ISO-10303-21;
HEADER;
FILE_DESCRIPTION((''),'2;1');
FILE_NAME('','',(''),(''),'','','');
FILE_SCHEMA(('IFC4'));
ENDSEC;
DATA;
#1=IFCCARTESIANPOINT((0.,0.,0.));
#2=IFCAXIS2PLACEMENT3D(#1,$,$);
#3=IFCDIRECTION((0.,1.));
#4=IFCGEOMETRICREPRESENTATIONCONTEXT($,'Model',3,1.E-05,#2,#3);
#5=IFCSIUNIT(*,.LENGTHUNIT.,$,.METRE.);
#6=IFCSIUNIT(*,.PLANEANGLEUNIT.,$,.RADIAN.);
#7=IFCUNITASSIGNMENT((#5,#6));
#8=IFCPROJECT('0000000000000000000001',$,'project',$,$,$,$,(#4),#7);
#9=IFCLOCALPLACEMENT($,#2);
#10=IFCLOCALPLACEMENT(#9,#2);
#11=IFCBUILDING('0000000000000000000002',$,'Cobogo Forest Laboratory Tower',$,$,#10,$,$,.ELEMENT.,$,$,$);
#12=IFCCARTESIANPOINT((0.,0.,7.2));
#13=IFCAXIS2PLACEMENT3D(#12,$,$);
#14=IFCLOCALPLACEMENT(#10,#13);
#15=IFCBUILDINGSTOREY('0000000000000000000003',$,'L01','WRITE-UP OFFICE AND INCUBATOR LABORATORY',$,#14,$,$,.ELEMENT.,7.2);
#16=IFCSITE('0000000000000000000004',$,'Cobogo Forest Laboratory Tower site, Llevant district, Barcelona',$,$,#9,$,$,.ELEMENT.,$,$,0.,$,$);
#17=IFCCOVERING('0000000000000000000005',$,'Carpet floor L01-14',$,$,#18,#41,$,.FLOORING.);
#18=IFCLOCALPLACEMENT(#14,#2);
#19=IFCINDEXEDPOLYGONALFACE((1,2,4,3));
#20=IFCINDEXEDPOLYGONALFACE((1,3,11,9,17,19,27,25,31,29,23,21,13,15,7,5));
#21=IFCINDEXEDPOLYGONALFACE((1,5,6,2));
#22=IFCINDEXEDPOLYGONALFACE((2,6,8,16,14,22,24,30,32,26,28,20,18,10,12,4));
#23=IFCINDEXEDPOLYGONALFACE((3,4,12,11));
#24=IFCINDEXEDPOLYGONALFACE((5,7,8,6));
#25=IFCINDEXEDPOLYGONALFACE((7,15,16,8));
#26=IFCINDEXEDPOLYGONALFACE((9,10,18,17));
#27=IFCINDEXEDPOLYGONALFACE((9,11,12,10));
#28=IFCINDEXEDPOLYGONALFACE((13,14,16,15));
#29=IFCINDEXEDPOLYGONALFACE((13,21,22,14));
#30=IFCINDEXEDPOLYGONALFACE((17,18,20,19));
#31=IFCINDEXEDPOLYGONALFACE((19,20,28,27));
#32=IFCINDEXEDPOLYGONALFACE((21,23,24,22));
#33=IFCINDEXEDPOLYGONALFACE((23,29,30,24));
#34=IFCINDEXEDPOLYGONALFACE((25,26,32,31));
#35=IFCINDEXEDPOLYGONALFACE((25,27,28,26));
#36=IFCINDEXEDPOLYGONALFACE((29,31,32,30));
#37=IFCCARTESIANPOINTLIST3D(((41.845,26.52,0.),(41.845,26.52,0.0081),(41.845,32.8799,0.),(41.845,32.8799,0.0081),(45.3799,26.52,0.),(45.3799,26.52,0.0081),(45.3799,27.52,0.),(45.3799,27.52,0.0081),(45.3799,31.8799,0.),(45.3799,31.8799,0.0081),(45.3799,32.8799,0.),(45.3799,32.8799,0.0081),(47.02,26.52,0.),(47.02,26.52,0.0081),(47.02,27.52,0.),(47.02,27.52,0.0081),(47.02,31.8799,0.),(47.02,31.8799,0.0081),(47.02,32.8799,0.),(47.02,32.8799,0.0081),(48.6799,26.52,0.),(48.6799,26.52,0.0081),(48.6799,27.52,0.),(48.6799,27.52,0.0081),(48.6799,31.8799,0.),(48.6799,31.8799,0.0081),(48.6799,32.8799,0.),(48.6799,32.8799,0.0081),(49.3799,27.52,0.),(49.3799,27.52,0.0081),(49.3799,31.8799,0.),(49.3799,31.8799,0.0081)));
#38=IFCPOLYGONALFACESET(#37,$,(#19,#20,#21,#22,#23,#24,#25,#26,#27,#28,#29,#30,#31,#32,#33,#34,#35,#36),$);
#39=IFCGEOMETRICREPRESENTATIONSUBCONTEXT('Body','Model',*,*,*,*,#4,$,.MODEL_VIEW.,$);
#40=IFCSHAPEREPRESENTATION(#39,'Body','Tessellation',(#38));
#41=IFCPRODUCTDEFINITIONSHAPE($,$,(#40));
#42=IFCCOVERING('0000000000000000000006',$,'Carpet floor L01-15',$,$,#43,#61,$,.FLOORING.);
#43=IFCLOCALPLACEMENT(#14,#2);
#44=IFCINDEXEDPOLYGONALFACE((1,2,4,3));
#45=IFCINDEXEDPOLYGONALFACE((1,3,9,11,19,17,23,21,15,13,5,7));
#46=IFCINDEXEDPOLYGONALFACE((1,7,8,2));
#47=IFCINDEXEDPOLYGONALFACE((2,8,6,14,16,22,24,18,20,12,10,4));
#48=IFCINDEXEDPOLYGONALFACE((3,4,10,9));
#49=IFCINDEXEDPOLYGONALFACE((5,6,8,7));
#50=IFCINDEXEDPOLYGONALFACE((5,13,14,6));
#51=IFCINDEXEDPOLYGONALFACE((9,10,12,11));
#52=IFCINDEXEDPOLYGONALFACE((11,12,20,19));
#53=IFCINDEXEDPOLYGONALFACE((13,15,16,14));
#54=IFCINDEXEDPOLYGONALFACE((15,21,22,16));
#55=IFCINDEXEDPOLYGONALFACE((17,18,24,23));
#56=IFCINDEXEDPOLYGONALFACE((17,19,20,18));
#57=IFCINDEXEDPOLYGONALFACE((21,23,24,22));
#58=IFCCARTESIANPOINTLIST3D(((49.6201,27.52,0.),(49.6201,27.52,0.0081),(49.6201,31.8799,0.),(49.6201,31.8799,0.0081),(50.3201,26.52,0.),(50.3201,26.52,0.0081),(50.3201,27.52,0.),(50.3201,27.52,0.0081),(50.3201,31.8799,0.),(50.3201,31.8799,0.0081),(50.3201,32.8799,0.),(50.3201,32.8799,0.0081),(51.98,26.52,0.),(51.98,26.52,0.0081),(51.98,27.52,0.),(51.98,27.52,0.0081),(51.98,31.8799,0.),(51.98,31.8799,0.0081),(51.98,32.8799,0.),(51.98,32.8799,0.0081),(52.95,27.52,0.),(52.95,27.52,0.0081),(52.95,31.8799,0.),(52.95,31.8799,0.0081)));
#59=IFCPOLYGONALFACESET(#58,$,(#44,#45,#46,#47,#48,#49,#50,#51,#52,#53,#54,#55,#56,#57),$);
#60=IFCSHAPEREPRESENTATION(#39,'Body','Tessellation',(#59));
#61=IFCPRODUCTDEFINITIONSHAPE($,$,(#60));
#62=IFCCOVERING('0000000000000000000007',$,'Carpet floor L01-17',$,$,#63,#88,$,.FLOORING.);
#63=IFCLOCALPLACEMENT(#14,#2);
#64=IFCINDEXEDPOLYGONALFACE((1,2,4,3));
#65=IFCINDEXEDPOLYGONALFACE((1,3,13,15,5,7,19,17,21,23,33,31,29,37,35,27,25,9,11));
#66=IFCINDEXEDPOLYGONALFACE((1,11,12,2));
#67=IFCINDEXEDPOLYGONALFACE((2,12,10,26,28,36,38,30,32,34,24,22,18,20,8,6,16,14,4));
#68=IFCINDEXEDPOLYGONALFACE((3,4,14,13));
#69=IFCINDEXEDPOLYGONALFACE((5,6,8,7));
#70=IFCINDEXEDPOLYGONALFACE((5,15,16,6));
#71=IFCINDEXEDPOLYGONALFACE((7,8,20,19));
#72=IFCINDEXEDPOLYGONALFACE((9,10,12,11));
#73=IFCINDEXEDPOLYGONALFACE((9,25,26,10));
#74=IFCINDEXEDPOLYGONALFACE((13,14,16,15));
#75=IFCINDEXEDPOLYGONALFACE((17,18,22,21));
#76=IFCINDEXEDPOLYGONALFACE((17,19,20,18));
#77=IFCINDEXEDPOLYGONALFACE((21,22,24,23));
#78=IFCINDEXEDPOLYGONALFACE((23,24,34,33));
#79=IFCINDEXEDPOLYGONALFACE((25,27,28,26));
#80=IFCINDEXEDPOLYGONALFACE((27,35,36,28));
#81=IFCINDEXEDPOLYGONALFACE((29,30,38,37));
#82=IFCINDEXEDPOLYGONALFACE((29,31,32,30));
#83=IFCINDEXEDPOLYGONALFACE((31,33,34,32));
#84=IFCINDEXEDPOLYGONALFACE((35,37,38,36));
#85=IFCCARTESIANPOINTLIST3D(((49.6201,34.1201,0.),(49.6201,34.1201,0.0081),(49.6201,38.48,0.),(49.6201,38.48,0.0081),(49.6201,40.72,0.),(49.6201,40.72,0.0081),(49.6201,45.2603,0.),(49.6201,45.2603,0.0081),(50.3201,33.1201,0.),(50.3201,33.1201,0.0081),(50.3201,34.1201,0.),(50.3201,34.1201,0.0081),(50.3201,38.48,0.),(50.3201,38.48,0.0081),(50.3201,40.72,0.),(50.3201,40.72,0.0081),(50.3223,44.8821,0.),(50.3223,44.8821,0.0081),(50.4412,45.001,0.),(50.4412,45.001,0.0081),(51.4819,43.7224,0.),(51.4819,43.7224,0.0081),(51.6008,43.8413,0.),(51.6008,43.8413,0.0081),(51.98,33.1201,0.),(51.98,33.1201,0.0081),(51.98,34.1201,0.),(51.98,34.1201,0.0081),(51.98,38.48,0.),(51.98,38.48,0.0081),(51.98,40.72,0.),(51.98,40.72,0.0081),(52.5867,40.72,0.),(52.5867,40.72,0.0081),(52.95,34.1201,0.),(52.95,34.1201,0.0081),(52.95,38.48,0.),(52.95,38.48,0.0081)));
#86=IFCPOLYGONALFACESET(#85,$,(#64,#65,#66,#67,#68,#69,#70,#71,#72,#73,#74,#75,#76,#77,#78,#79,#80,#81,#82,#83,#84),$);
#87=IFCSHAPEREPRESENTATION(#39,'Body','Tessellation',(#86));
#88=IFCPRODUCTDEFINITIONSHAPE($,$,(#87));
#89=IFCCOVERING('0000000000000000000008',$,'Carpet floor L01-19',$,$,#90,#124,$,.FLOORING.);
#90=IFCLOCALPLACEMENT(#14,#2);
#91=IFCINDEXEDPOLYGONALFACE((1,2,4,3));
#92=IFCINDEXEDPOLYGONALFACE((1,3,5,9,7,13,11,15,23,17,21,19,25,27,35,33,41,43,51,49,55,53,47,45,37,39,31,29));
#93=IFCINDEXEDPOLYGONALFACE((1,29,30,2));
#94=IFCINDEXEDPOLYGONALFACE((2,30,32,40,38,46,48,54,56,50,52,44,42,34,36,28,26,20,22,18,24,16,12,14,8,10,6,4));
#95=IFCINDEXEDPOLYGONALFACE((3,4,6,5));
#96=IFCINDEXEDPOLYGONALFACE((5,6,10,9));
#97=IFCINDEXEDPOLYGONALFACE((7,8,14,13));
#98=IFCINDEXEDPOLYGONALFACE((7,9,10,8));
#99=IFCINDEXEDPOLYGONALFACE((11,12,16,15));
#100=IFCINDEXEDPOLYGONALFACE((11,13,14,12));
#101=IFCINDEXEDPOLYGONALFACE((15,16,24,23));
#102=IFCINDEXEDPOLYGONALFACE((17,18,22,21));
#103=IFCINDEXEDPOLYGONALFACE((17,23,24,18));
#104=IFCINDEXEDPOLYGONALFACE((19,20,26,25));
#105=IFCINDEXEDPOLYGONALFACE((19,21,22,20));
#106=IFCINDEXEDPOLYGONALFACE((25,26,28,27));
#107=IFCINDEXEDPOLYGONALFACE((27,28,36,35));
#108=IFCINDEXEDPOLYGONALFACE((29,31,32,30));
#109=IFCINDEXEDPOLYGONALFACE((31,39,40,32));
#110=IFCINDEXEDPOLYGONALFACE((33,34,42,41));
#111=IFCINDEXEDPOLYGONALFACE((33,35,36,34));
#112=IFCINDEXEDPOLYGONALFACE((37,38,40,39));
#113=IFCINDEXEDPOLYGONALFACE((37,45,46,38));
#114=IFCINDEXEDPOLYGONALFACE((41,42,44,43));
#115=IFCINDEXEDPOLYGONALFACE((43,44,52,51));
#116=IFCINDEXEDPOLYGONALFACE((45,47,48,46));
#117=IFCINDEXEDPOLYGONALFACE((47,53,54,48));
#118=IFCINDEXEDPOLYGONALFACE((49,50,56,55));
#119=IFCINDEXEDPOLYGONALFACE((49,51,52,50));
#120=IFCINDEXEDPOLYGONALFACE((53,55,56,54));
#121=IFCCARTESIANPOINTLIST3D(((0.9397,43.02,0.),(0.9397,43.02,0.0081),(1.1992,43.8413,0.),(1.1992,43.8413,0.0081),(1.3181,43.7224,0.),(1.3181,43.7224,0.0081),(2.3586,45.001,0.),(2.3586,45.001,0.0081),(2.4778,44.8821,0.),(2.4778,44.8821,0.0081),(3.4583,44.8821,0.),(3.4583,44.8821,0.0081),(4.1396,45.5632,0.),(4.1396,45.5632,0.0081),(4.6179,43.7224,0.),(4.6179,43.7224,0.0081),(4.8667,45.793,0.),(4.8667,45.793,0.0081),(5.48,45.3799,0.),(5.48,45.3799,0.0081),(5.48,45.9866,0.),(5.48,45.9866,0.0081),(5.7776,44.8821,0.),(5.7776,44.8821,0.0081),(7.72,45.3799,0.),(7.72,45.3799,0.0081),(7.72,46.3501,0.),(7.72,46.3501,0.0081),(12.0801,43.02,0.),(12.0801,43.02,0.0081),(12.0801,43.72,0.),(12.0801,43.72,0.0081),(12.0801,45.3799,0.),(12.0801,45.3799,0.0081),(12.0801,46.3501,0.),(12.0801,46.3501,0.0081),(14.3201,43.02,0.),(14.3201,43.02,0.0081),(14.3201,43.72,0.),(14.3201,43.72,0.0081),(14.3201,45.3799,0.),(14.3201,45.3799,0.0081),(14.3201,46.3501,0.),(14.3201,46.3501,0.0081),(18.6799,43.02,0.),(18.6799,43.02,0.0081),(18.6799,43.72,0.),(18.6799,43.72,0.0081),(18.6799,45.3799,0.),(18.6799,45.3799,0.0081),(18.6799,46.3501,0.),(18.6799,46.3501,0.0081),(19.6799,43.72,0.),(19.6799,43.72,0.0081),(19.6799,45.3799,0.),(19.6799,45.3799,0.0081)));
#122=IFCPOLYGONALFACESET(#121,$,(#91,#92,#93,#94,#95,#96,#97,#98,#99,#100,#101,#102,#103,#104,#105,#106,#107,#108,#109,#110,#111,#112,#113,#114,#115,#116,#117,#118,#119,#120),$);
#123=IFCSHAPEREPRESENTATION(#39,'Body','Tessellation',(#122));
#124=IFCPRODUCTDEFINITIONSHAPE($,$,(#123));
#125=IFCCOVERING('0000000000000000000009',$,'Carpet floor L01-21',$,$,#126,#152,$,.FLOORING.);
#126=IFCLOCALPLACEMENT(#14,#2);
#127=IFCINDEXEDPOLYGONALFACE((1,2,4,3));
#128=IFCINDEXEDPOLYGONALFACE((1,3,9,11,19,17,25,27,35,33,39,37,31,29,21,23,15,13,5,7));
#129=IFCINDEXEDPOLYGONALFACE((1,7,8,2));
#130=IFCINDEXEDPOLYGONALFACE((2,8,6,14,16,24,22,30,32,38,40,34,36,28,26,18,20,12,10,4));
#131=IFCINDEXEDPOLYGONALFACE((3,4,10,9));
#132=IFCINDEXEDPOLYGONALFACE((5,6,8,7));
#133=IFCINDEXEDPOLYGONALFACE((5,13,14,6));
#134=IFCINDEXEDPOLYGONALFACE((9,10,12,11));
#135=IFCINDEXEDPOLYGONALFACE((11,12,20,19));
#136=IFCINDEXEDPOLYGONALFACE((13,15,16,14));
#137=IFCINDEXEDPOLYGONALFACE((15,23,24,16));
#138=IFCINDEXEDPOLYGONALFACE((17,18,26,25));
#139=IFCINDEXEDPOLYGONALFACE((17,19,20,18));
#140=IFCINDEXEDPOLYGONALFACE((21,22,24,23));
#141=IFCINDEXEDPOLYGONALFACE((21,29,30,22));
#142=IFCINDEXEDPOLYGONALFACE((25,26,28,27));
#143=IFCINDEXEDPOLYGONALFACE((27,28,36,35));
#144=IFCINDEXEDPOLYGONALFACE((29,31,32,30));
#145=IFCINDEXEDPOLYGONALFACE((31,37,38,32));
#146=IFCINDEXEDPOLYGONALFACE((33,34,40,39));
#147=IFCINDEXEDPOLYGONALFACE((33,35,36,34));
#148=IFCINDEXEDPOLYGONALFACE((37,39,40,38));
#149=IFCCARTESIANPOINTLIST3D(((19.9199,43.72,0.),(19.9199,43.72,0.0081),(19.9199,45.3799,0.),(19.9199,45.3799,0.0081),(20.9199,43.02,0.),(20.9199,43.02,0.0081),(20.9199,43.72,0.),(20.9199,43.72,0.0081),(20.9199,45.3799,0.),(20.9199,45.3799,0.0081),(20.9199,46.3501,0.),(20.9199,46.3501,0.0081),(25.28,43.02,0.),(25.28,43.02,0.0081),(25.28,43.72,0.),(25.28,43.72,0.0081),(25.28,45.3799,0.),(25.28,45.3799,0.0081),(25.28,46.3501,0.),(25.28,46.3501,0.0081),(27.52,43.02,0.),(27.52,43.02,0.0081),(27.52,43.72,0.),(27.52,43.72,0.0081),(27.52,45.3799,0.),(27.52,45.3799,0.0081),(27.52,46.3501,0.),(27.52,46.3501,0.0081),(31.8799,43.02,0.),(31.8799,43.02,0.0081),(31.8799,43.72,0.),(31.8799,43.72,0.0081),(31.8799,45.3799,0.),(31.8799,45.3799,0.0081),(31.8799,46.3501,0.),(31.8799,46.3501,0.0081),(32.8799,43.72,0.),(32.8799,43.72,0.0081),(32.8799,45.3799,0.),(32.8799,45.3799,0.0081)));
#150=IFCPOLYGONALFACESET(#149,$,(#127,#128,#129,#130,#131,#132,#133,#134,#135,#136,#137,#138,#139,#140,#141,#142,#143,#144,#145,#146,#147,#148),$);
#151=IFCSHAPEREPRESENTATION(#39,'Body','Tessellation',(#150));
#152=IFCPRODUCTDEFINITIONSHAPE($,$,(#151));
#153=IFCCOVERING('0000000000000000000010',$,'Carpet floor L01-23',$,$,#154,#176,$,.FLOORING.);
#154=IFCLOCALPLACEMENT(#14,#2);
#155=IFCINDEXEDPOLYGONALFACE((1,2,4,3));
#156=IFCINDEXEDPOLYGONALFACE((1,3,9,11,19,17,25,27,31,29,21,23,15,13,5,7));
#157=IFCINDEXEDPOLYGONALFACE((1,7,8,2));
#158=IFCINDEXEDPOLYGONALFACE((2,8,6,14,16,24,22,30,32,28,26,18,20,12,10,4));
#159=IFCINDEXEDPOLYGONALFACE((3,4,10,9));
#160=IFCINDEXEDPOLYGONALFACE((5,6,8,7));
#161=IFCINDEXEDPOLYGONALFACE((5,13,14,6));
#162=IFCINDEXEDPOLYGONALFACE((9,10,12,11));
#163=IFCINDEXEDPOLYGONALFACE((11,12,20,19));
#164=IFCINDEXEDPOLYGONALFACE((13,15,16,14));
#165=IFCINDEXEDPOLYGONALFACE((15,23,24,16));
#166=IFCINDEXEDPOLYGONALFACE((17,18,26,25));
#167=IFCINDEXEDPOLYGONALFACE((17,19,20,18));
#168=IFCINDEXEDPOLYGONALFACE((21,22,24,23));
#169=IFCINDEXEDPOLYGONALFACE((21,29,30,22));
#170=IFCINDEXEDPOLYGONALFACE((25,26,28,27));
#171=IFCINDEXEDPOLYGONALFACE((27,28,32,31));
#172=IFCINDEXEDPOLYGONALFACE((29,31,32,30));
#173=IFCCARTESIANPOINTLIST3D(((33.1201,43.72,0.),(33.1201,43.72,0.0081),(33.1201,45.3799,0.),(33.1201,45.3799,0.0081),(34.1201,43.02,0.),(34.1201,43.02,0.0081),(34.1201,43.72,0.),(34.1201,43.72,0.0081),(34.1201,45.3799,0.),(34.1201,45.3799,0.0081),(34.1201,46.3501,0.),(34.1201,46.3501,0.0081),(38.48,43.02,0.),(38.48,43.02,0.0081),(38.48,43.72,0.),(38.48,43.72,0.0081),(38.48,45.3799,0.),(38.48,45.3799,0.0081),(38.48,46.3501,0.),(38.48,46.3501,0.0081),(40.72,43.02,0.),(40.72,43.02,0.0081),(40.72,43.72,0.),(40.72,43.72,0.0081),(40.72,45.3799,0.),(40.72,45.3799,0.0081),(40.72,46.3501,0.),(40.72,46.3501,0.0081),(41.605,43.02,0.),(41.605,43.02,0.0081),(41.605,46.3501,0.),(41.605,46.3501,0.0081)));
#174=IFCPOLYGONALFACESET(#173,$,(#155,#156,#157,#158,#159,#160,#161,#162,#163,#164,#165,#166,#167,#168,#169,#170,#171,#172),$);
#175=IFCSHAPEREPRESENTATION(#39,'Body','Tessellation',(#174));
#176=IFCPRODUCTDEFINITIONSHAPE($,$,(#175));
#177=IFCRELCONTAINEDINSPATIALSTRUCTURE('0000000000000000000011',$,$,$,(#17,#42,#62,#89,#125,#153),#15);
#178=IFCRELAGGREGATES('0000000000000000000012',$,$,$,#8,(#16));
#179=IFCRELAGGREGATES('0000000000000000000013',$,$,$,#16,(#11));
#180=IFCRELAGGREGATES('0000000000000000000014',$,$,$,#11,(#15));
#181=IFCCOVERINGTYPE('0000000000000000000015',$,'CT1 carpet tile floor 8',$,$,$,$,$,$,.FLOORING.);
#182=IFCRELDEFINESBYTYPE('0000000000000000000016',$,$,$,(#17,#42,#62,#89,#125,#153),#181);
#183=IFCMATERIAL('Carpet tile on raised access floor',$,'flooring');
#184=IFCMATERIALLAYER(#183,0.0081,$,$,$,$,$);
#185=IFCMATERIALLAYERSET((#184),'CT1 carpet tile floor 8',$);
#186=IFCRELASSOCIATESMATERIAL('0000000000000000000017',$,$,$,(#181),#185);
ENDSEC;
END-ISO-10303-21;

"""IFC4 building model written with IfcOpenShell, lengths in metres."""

from ifc_helpers import new_model, si_unit, direction, frame, origin, place, context, subcontext, project, spatial, polyline, outline, extrude, material, layer, layer_set, type_object, element, save


model = new_model("IFC4")

# Units and contexts
model_context = context("Model", 3, precision=1e-05, world=origin(), true_north=direction((0.0, 1.0)))
body_context = subcontext(model_context, "Body", "Model", "MODEL_VIEW")
ifc_project = project(units=[si_unit("LENGTHUNIT", "METRE"), si_unit("PLANEANGLEUNIT", "RADIAN")], contexts=[model_context])

# Site, building, storey
site_placement = place(None, origin())
site = spatial("IfcSite", under=ifc_project, at=site_placement, Name="Cobogo Forest Laboratory Tower site, Llevant district, Barcelona", CompositionType="ELEMENT", RefElevation=0.0)
building_placement = place(site_placement, origin())
building = spatial("IfcBuilding", under=site, at=building_placement, Name="Cobogo Forest Laboratory Tower", CompositionType="ELEMENT")
storey_placement = place(building_placement, frame((0.0, 0.0, 7.2)))
storey = spatial("IfcBuildingStorey", under=building, at=storey_placement, Name="L01", Description="WRITE-UP OFFICE AND INCUBATOR LABORATORY", CompositionType="ELEMENT", Elevation=7.2)

# Coverings
ifc_material_1 = material(Name="Carpet tile on raised access floor", Category="flooring")
ifc_layer_1 = layer(ifc_material_1, 0.0081)
ifc_layer_set_1 = layer_set([ifc_layer_1], Name="CT1 carpet tile floor 8")
covering_type_1 = type_object("IfcCoveringType", Name="CT1 carpet tile floor 8", PredefinedType="FLOORING", material=ifc_layer_set_1)
covering_1_placement = place(storey_placement, origin())
element("IfcCovering", 1, at=covering_1_placement, inside=storey, type_object=covering_type_1, Name="Carpet floor L01-14", PredefinedType="FLOORING", context=body_context, shape_type="SweptSolid", body=[
    extrude(outline(polyline([(41.845, 32.8799), (45.3799, 32.8799), (45.3799, 31.8799), (47.02, 31.8799), (47.02, 32.8799), (48.6799, 32.8799), (48.6799, 31.8799), (49.3799, 31.8799), (49.3799, 27.52), (48.6799, 27.52), (48.6799, 26.52), (47.02, 26.52), (47.02, 27.52), (45.3799, 27.52), (45.3799, 26.52), (41.845, 26.52), (41.845, 32.8799)])), origin(), (0.0, 0.0, 1.0), 0.0081),
])
covering_2_placement = place(storey_placement, origin())
element("IfcCovering", 2, at=covering_2_placement, inside=storey, type_object=covering_type_1, Name="Carpet floor L01-15", PredefinedType="FLOORING", context=body_context, shape_type="SweptSolid", body=[
    extrude(outline(polyline([(49.6201, 31.8799), (50.3201, 31.8799), (50.3201, 32.8799), (51.98, 32.8799), (51.98, 31.8799), (52.95, 31.8799), (52.95, 27.52), (51.98, 27.52), (51.98, 26.52), (50.3201, 26.52), (50.3201, 27.52), (49.6201, 27.52), (49.6201, 31.8799)])), origin(), (0.0, 0.0, 1.0), 0.0081),
])
covering_3_placement = place(storey_placement, origin())
element("IfcCovering", 3, at=covering_3_placement, inside=storey, type_object=covering_type_1, Name="Carpet floor L01-17", PredefinedType="FLOORING", context=body_context, shape_type="SweptSolid", body=[
    extrude(outline(polyline([(49.6201, 38.48), (50.3201, 38.48), (50.3201, 40.72), (49.6201, 40.72), (49.6201, 45.2603), (50.4412, 45.001), (50.3223, 44.8821), (51.4819, 43.7224), (51.6008, 43.8413), (52.5867, 40.72), (51.98, 40.72), (51.98, 38.48), (52.95, 38.48), (52.95, 34.1201), (51.98, 34.1201), (51.98, 33.1201), (50.3201, 33.1201), (50.3201, 34.1201), (49.6201, 34.1201), (49.6201, 38.48)])), origin(), (0.0, 0.0, 1.0), 0.0081),
])
covering_4_placement = place(storey_placement, origin())
element("IfcCovering", 4, at=covering_4_placement, inside=storey, type_object=covering_type_1, Name="Carpet floor L01-19", PredefinedType="FLOORING", context=body_context, shape_type="SweptSolid", body=[
    extrude(outline(polyline([(14.3201, 43.02), (14.3201, 43.72), (12.0801, 43.72), (12.0801, 43.02), (0.9397, 43.02), (1.1992, 43.8413), (1.3181, 43.7224), (2.4778, 44.8821), (2.3586, 45.001), (4.1396, 45.5632), (3.4583, 44.8821), (4.6179, 43.7224), (5.7776, 44.8821), (4.8667, 45.793), (5.48, 45.9866), (5.48, 45.3799), (7.72, 45.3799), (7.72, 46.3501), (12.0801, 46.3501), (12.0801, 45.3799), (14.3201, 45.3799), (14.3201, 46.3501), (18.6799, 46.3501), (18.6799, 45.3799), (19.6799, 45.3799), (19.6799, 43.72), (18.6799, 43.72), (18.6799, 43.02), (14.3201, 43.02)])), origin(), (0.0, 0.0, 1.0), 0.0081),
])
covering_5_placement = place(storey_placement, origin())
element("IfcCovering", 5, at=covering_5_placement, inside=storey, type_object=covering_type_1, Name="Carpet floor L01-21", PredefinedType="FLOORING", context=body_context, shape_type="SweptSolid", body=[
    extrude(outline(polyline([(27.52, 43.02), (27.52, 43.72), (25.28, 43.72), (25.28, 43.02), (20.9199, 43.02), (20.9199, 43.72), (19.9199, 43.72), (19.9199, 45.3799), (20.9199, 45.3799), (20.9199, 46.3501), (25.28, 46.3501), (25.28, 45.3799), (27.52, 45.3799), (27.52, 46.3501), (31.8799, 46.3501), (31.8799, 45.3799), (32.8799, 45.3799), (32.8799, 43.72), (31.8799, 43.72), (31.8799, 43.02), (27.52, 43.02)])), origin(), (0.0, 0.0, 1.0), 0.0081),
])
covering_6_placement = place(storey_placement, origin())
element("IfcCovering", 6, at=covering_6_placement, inside=storey, type_object=covering_type_1, Name="Carpet floor L01-23", PredefinedType="FLOORING", context=body_context, shape_type="SweptSolid", body=[
    extrude(outline(polyline([(40.72, 43.02), (40.72, 43.72), (38.48, 43.72), (38.48, 43.02), (34.1201, 43.02), (34.1201, 43.72), (33.1201, 43.72), (33.1201, 45.3799), (34.1201, 45.3799), (34.1201, 46.3501), (38.48, 46.3501), (38.48, 45.3799), (40.72, 45.3799), (40.72, 46.3501), (41.605, 46.3501), (41.605, 43.02), (40.72, 43.02)])), origin(), (0.0, 0.0, 1.0), 0.0081),
])

save(model, "model.ifc")
